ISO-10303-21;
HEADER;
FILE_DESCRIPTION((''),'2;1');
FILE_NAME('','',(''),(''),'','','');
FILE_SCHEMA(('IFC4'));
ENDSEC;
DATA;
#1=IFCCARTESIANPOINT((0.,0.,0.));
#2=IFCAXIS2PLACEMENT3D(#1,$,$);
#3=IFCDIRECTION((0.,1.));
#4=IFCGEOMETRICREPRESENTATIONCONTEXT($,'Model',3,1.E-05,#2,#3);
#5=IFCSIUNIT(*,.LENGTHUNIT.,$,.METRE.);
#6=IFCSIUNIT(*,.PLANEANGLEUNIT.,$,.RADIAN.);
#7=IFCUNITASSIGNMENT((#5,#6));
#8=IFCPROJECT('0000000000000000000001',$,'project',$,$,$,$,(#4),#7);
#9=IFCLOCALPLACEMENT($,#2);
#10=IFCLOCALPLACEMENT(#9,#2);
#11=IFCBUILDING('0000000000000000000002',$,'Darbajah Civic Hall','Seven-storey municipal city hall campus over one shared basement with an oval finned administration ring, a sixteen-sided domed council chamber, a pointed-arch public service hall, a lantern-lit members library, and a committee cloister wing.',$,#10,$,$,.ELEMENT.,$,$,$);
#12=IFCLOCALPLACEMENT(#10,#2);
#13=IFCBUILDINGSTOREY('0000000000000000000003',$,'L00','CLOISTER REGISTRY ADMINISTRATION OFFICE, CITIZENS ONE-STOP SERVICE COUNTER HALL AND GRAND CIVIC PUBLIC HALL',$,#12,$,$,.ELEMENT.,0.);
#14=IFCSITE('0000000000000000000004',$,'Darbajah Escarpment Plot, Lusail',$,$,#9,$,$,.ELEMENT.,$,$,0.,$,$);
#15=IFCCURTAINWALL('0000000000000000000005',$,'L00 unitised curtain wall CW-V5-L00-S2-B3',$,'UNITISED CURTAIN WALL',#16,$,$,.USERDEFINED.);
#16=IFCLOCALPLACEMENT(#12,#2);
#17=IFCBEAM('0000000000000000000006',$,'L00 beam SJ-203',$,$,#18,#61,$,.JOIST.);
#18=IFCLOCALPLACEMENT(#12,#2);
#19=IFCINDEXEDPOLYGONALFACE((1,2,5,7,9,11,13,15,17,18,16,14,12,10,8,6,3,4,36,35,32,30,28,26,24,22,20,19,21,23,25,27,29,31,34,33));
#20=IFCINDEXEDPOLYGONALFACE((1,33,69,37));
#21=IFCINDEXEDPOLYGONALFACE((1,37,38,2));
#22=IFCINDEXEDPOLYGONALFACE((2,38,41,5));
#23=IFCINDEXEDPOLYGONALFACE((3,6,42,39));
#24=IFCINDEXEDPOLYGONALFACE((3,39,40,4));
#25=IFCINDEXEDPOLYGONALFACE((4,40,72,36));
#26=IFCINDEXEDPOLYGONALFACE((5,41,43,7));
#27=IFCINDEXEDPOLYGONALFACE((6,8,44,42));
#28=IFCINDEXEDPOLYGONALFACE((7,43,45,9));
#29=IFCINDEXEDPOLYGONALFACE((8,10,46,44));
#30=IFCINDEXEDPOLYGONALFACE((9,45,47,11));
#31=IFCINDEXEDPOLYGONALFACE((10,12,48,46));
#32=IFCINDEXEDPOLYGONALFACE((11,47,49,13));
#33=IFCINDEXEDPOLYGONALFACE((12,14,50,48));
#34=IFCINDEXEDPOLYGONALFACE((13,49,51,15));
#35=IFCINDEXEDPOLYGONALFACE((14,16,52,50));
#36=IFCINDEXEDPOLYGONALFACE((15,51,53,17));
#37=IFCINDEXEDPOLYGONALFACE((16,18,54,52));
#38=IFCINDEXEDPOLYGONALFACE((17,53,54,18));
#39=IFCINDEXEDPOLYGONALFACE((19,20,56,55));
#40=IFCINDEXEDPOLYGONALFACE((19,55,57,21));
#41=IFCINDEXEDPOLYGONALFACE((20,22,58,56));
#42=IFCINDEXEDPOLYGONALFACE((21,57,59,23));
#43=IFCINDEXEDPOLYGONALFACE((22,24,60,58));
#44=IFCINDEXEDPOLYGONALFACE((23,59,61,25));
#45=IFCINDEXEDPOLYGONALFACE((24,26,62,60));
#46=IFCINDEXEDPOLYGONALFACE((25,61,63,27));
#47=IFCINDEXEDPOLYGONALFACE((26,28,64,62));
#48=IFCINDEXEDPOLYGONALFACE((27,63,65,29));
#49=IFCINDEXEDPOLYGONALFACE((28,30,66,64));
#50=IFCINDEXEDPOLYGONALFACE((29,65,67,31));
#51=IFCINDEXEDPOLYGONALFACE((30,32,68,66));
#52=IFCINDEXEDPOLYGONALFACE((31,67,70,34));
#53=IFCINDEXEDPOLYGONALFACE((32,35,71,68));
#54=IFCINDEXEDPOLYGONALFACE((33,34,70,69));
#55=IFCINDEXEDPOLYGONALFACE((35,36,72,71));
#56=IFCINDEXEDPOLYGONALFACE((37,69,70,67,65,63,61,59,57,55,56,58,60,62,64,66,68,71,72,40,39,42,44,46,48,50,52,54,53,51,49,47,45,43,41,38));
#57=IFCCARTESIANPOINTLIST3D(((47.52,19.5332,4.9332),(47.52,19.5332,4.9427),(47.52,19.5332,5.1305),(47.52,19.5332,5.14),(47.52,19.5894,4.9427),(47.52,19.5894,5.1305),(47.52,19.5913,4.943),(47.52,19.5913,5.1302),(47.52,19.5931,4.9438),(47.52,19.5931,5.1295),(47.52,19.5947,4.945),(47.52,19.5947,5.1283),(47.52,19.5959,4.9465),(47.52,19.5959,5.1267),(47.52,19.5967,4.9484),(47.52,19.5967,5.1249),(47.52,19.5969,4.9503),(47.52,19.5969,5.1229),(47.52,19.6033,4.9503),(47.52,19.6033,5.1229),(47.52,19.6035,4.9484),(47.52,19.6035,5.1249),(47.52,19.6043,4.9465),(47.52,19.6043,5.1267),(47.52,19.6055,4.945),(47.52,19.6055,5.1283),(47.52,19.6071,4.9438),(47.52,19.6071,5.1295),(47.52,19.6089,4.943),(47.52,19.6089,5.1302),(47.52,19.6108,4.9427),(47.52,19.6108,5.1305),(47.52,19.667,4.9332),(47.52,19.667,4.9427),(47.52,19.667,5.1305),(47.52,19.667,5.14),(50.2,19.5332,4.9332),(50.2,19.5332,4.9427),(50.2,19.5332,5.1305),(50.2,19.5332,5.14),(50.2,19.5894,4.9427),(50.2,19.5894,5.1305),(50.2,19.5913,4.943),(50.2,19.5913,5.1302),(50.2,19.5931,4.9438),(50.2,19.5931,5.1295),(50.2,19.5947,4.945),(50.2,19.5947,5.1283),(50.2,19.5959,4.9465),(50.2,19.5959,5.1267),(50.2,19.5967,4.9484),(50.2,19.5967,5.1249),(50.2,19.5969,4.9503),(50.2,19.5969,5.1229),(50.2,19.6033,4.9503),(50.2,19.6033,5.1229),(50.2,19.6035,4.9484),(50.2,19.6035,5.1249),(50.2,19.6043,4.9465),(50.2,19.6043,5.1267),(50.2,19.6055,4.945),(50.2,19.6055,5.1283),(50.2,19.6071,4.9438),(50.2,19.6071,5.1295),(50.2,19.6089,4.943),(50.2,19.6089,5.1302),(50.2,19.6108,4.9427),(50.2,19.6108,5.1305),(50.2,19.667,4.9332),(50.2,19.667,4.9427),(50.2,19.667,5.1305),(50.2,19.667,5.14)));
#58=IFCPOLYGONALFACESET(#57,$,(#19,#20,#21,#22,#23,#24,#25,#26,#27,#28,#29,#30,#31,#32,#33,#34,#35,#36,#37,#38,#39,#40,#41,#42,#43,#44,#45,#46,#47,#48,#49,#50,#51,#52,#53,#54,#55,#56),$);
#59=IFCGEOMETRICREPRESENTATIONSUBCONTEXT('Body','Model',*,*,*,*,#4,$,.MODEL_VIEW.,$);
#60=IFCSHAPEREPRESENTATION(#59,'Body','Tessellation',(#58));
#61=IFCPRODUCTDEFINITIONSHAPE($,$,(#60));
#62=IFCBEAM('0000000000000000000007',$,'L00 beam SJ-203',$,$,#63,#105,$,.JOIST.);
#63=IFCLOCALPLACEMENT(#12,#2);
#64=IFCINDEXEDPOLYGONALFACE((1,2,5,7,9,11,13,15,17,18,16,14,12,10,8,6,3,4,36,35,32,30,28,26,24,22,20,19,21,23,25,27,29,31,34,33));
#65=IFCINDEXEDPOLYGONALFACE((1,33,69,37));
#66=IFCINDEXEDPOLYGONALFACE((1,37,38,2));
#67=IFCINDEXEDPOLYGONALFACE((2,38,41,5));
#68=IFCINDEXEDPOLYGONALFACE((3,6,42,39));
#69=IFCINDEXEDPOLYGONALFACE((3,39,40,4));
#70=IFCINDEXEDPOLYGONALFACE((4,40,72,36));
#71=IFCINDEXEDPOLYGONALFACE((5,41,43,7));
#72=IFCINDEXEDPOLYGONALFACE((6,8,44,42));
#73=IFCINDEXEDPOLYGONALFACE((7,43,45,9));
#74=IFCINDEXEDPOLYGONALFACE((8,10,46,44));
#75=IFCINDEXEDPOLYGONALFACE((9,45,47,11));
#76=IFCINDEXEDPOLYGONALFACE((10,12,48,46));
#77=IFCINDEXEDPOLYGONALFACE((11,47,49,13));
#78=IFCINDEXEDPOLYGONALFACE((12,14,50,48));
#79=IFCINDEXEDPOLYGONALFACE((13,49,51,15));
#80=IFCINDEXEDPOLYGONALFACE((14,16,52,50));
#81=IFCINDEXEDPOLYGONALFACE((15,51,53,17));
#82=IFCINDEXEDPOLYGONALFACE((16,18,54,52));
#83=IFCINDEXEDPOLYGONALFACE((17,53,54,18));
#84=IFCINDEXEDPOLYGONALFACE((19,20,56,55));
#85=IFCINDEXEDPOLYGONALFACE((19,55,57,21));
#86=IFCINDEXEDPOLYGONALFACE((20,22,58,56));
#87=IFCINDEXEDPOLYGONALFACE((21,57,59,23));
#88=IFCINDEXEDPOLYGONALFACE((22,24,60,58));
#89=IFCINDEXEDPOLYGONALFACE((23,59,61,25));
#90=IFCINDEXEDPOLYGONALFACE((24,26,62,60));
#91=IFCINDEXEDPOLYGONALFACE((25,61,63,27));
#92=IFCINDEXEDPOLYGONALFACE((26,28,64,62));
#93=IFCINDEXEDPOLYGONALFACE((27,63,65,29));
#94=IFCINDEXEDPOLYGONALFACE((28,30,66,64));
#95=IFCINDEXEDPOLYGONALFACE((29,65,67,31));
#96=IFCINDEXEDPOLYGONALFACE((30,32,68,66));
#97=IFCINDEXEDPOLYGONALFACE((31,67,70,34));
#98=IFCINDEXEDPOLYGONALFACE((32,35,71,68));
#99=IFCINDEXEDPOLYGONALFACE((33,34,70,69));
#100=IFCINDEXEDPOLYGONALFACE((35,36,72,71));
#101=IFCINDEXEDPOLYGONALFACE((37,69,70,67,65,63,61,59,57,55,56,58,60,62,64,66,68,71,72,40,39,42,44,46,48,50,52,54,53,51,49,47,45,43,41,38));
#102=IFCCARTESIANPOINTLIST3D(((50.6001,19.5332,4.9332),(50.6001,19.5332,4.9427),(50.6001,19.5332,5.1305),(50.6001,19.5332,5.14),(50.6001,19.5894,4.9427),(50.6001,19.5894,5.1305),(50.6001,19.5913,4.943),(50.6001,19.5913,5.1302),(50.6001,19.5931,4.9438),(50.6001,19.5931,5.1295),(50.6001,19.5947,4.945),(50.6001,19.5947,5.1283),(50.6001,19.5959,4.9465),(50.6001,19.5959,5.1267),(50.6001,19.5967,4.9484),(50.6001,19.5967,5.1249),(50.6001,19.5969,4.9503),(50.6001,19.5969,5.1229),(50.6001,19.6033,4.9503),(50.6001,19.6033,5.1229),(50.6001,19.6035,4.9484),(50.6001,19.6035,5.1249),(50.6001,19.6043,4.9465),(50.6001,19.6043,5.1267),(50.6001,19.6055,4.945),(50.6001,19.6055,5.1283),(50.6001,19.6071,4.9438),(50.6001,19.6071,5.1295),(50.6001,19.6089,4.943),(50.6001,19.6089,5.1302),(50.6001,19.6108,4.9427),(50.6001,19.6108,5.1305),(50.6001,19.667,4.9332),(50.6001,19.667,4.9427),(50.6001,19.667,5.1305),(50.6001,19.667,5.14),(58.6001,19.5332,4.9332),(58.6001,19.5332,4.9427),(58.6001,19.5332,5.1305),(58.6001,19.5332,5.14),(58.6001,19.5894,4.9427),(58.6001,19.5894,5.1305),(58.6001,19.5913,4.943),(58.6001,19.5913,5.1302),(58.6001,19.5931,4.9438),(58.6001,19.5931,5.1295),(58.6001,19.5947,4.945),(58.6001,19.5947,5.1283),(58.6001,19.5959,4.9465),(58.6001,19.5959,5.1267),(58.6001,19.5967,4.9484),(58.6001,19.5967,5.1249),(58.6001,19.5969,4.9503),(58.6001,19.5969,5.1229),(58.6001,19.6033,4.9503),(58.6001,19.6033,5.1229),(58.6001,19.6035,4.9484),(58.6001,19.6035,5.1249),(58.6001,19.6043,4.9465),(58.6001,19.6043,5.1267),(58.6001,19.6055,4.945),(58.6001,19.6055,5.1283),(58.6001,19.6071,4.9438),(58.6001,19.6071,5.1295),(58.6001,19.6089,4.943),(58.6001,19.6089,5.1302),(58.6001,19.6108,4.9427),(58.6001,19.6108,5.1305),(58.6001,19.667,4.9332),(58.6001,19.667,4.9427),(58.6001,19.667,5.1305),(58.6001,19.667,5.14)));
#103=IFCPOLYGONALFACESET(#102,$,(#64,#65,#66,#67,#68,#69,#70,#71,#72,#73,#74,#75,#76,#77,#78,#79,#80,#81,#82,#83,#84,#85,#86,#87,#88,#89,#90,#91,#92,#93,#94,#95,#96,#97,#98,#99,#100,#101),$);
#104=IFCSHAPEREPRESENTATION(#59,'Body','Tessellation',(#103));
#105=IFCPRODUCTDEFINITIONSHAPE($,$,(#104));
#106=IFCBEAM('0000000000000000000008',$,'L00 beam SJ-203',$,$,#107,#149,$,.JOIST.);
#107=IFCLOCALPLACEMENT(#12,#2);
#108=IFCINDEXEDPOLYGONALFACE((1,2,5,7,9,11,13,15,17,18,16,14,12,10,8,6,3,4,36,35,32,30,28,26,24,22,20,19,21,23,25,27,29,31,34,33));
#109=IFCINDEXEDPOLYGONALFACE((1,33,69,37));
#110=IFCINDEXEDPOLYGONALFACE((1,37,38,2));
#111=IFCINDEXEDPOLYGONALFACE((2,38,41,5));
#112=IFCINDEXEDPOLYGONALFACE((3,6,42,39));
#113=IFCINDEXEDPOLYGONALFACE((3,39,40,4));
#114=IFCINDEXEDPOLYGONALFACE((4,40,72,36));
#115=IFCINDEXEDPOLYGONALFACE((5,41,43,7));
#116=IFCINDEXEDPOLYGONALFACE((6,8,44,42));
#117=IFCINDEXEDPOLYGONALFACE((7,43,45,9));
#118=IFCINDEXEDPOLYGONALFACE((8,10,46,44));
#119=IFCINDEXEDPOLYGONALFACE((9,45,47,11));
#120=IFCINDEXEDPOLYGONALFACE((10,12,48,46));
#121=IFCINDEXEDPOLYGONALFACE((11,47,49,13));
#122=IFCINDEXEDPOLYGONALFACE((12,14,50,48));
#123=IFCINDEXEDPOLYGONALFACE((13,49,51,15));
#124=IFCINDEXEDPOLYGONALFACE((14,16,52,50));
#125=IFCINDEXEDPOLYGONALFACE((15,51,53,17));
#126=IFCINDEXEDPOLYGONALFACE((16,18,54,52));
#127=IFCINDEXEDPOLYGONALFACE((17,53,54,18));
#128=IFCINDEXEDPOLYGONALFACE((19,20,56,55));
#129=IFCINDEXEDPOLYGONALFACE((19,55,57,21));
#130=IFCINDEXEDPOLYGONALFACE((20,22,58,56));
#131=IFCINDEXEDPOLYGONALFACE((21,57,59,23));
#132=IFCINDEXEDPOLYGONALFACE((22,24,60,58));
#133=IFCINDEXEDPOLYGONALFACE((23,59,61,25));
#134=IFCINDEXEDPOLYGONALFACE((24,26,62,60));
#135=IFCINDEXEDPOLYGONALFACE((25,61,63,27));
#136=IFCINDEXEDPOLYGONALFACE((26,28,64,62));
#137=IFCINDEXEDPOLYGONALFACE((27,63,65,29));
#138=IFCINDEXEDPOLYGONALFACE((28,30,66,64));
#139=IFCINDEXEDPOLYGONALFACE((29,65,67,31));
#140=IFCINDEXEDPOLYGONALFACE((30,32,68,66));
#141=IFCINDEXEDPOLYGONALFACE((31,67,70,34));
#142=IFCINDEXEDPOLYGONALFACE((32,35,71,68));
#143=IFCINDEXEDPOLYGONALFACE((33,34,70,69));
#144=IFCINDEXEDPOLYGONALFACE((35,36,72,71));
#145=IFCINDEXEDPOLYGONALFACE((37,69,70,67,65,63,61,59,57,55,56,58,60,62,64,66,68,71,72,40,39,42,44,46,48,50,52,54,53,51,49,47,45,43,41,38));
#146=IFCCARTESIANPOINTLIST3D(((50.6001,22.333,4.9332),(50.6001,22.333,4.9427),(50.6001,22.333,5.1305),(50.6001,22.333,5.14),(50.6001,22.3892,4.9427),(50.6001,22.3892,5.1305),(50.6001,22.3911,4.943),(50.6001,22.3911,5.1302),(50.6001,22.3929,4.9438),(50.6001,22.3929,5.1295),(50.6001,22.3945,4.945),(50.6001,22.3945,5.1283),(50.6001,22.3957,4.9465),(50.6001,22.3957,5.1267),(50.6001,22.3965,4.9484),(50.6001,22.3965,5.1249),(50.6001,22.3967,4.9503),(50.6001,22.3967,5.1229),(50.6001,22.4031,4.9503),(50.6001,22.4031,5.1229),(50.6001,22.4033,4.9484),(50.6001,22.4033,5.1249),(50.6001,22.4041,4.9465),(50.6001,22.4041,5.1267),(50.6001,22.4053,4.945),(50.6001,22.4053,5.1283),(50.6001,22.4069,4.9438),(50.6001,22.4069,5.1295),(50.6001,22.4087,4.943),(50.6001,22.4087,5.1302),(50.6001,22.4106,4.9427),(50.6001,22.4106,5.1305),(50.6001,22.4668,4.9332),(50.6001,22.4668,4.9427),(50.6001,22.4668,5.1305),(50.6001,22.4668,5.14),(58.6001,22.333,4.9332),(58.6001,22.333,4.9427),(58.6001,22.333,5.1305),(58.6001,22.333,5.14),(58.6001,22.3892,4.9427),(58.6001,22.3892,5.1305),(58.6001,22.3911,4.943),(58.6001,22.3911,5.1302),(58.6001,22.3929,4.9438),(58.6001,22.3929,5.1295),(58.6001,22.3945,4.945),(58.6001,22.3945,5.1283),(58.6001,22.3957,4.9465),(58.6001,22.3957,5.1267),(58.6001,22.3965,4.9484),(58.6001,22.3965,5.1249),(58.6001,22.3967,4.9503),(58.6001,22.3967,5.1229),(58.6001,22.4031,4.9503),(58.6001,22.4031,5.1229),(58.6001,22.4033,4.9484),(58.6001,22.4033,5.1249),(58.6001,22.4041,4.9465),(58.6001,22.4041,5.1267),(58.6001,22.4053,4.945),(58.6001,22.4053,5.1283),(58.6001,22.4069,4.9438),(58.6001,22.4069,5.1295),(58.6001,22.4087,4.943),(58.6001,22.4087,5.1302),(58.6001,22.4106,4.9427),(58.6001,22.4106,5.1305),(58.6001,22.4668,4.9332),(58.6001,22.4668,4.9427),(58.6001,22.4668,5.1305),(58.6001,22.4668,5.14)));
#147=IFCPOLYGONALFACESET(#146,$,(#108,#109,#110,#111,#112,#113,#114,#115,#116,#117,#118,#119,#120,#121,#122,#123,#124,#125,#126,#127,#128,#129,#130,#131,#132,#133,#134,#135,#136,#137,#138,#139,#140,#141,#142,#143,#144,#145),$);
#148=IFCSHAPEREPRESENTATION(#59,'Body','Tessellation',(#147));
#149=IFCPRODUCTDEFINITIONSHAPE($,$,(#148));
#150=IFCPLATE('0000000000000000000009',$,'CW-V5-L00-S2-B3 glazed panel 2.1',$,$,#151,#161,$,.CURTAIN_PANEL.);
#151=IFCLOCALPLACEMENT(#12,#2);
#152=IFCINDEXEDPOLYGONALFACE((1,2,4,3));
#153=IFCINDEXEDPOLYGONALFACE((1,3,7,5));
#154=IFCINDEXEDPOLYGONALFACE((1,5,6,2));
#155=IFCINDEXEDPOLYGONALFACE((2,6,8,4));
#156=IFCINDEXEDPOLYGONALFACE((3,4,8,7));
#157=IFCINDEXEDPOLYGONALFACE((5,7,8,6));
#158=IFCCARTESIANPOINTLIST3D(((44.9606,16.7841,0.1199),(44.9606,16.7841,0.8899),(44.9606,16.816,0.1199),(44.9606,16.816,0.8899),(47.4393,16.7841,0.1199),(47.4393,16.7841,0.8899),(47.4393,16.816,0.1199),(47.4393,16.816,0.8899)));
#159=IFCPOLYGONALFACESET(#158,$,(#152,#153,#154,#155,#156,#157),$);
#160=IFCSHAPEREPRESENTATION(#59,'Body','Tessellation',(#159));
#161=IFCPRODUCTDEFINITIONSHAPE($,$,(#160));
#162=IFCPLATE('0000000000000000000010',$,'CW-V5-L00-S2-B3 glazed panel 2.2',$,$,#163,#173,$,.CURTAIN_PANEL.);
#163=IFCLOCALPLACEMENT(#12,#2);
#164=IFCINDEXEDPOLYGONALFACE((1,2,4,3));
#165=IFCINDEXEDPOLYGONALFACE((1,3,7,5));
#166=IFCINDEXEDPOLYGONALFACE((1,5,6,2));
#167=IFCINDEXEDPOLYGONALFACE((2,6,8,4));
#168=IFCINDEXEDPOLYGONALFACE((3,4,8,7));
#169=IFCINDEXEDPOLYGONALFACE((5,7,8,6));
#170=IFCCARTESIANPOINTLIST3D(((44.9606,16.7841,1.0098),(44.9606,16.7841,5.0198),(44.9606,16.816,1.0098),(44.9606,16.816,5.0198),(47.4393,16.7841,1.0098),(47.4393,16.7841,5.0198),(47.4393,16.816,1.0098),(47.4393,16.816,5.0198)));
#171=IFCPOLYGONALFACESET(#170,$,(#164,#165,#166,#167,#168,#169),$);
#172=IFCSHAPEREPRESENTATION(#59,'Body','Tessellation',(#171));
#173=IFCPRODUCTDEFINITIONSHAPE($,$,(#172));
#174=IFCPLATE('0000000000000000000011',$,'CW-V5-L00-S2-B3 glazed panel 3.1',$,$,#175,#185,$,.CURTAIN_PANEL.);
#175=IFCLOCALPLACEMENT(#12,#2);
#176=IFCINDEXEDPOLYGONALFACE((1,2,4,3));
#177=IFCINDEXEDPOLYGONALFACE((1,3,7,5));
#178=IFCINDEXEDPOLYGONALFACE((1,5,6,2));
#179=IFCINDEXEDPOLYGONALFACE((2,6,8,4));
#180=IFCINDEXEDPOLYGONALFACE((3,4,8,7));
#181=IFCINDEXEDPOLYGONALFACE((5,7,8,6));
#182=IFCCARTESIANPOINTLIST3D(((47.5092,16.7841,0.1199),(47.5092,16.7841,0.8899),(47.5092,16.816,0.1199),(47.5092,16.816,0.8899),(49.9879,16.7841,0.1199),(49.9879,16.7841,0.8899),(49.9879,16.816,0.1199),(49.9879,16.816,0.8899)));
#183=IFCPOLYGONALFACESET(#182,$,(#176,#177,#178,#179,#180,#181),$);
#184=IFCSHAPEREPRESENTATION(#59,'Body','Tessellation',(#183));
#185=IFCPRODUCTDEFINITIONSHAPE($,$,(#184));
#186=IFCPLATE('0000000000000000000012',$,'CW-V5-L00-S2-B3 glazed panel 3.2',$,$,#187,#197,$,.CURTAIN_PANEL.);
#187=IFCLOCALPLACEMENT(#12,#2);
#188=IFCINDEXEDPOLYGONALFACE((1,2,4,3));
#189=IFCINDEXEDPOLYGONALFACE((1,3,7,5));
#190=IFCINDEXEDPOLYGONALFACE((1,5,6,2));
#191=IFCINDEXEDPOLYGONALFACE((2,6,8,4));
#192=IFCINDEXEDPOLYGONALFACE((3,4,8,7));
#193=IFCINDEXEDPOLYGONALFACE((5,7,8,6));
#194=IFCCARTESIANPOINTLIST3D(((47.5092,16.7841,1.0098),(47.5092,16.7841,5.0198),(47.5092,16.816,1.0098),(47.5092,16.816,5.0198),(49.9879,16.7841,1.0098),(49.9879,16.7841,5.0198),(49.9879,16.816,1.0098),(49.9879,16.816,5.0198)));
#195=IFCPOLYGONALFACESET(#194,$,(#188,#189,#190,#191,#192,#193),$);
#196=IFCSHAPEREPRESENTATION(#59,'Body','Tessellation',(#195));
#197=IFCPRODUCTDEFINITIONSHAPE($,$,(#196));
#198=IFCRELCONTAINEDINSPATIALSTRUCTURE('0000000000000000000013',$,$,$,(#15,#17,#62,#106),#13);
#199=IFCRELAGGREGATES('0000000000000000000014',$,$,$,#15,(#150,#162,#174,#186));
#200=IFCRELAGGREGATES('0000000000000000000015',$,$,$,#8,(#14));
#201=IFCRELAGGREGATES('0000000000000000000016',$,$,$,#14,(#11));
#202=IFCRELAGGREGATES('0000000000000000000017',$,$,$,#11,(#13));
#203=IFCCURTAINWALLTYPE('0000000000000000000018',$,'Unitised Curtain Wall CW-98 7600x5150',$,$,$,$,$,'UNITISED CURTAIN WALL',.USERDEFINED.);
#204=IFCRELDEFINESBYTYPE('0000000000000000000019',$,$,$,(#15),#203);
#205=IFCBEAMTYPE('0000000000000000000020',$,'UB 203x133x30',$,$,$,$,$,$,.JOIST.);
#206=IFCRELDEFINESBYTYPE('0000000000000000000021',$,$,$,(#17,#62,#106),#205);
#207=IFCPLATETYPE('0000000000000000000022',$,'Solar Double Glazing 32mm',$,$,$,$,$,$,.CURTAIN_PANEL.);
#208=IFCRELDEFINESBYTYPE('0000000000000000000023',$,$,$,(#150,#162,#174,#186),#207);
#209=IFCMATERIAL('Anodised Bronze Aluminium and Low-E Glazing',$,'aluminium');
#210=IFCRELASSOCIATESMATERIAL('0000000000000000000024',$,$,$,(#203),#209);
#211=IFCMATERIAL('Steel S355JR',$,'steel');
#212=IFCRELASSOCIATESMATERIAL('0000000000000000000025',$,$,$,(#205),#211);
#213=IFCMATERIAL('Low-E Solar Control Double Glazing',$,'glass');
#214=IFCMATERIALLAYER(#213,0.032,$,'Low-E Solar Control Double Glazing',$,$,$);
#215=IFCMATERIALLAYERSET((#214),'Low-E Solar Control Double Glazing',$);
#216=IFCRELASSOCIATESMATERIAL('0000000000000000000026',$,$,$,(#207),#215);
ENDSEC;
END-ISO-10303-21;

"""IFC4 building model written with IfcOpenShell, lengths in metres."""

from ifc_helpers import new_model, si_unit, direction, frame, origin, origin_2d, place, context, subcontext, project, spatial, rectangle, i_section, extrude, material, layer, layer_set, material_profile, profile_set, type_object, element, aggregate, save


model = new_model("IFC4")

# Units and contexts
model_context = context("Model", 3, precision=1e-05, world=origin(), true_north=direction((0.0, 1.0)))
body_context = subcontext(model_context, "Body", "Model", "MODEL_VIEW")
ifc_project = project(units=[si_unit("LENGTHUNIT", "METRE"), si_unit("PLANEANGLEUNIT", "RADIAN")], contexts=[model_context])

# Site, building, storey
site_placement = place(None, origin())
site = spatial("IfcSite", under=ifc_project, at=site_placement, Name="Darbajah Escarpment Plot, Lusail", CompositionType="ELEMENT", RefElevation=0.0)
building_placement = place(site_placement, origin())
building = spatial("IfcBuilding", under=site, at=building_placement, Name="Darbajah Civic Hall", Description="Seven-storey municipal city hall campus over one shared basement with an oval finned administration ring, a sixteen-sided domed council chamber, a pointed-arch public service hall, a lantern-lit members library, and a committee cloister wing.", CompositionType="ELEMENT")
storey_placement = place(building_placement, origin())
storey = spatial("IfcBuildingStorey", under=building, at=storey_placement, Name="L00", Description="CLOISTER REGISTRY ADMINISTRATION OFFICE, CITIZENS ONE-STOP SERVICE COUNTER HALL AND GRAND CIVIC PUBLIC HALL", CompositionType="ELEMENT", Elevation=0.0)

# Curtain wall
ifc_material_1 = material(Name="Anodised Bronze Aluminium and Low-E Glazing", Category="aluminium")
curtain_wall_type = type_object("IfcCurtainWallType", Name="Unitised Curtain Wall CW-98 7600x5150", ElementType="UNITISED CURTAIN WALL", PredefinedType="USERDEFINED", material=ifc_material_1)
curtain_wall_placement = place(storey_placement, origin())
curtain_wall = element("IfcCurtainWall", 1, at=curtain_wall_placement, inside=storey, type_object=curtain_wall_type, Name="L00 unitised curtain wall CW-V5-L00-S2-B3", ObjectType="UNITISED CURTAIN WALL", PredefinedType="USERDEFINED")

# Beams
ifc_material_2 = material(Name="Steel S355JR", Category="steel")
ifc_material_profile_1 = material_profile(ifc_material_2, i_section(OverallWidth=0.1338, OverallDepth=0.2068, WebThickness=0.0063, FlangeThickness=0.0095, FilletRadius=0.0076, at=origin_2d()), Name="UB 203x133x30")
ifc_profile_set_1 = profile_set([ifc_material_profile_1], Name="Steel S355JR")
beam_type_1 = type_object("IfcBeamType", Name="UB 203x133x30", PredefinedType="JOIST", material=ifc_profile_set_1)
beam_1_placement = place(storey_placement, frame((47.52, 19.6001, 5.0366), z_axis=(1.0, 0.0, 0.0), x_axis=(0.0, 1.0, 0.0)))
element("IfcBeam", 2, at=beam_1_placement, inside=storey, type_object=beam_type_1, Name="L00 beam SJ-203", PredefinedType="JOIST", context=body_context, shape_type="SweptSolid", body=[
    extrude(i_section(OverallWidth=0.1338, OverallDepth=0.2068, WebThickness=0.0063, FlangeThickness=0.0095, FilletRadius=0.0076, at=origin_2d()), origin(), (0.0, 0.0, 1.0), 2.6799),
])
for number, where, z_axis, x_axis, name in (
    (3, (50.6001, 19.6001, 5.0366), (1.0, 0.0, 0.0), (0.0, 1.0, 0.0), "L00 beam SJ-203"),
    (4, (50.6001, 22.3999, 5.0366), (1.0, 0.0, 0.0), (0.0, 1.0, 0.0), "L00 beam SJ-203"),
):
    element("IfcBeam", number, at=place(storey_placement, frame(where, z_axis=z_axis, x_axis=x_axis)), inside=storey, type_object=beam_type_1, Name=name, PredefinedType="JOIST", context=body_context, shape_type="SweptSolid", body=[
        extrude(i_section(OverallWidth=0.1338, OverallDepth=0.2068, WebThickness=0.0063, FlangeThickness=0.0095, FilletRadius=0.0076, at=origin_2d()), origin(), (0.0, 0.0, 1.0), 8.0),
    ])

# Plates
ifc_material_3 = material(Name="Low-E Solar Control Double Glazing", Category="glass")
ifc_layer_1 = layer(ifc_material_3, 0.032, Name="Low-E Solar Control Double Glazing")
ifc_layer_set_1 = layer_set([ifc_layer_1], Name="Low-E Solar Control Double Glazing")
plate_type = type_object("IfcPlateType", Name="Solar Double Glazing 32mm", PredefinedType="CURTAIN_PANEL", material=ifc_layer_set_1)
plate_1_placement = place(storey_placement, frame((46.2, 16.8, 0.1199), z_axis=(0.0, 0.0, 1.0), x_axis=(1.0, 0.0, 0.0)))
plate_1 = element("IfcPlate", 5, at=plate_1_placement, type_object=plate_type, Name="CW-V5-L00-S2-B3 glazed panel 2.1", PredefinedType="CURTAIN_PANEL", context=body_context, shape_type="SweptSolid", body=[
    extrude(rectangle(XDim=2.4788, YDim=0.032, at=origin_2d()), origin(), (0.0, 0.0, 1.0), 0.77),
])
plate_2_placement = place(storey_placement, frame((46.2, 16.8, 1.0098), z_axis=(0.0, 0.0, 1.0), x_axis=(1.0, 0.0, 0.0)))
plate_2 = element("IfcPlate", 6, at=plate_2_placement, type_object=plate_type, Name="CW-V5-L00-S2-B3 glazed panel 2.2", PredefinedType="CURTAIN_PANEL", context=body_context, shape_type="SweptSolid", body=[
    extrude(rectangle(XDim=2.4788, YDim=0.032, at=origin_2d()), origin(), (0.0, 0.0, 1.0), 4.01),
])
plate_3_placement = place(storey_placement, frame((48.7485, 16.8, 0.1199), z_axis=(0.0, 0.0, 1.0), x_axis=(1.0, 0.0, 0.0)))
plate_3 = element("IfcPlate", 7, at=plate_3_placement, type_object=plate_type, Name="CW-V5-L00-S2-B3 glazed panel 3.1", PredefinedType="CURTAIN_PANEL", context=body_context, shape_type="SweptSolid", body=[
    extrude(rectangle(XDim=2.4788, YDim=0.032, at=origin_2d()), origin(), (0.0, 0.0, 1.0), 0.77),
])
plate_4_placement = place(storey_placement, frame((48.7485, 16.8, 1.0098), z_axis=(0.0, 0.0, 1.0), x_axis=(1.0, 0.0, 0.0)))
plate_4 = element("IfcPlate", 8, at=plate_4_placement, type_object=plate_type, Name="CW-V5-L00-S2-B3 glazed panel 3.2", PredefinedType="CURTAIN_PANEL", context=body_context, shape_type="SweptSolid", body=[
    extrude(rectangle(XDim=2.4788, YDim=0.032, at=origin_2d()), origin(), (0.0, 0.0, 1.0), 4.01),
])
aggregate(curtain_wall, [plate_1, plate_2, plate_3, plate_4])

save(model, "model.ifc")
